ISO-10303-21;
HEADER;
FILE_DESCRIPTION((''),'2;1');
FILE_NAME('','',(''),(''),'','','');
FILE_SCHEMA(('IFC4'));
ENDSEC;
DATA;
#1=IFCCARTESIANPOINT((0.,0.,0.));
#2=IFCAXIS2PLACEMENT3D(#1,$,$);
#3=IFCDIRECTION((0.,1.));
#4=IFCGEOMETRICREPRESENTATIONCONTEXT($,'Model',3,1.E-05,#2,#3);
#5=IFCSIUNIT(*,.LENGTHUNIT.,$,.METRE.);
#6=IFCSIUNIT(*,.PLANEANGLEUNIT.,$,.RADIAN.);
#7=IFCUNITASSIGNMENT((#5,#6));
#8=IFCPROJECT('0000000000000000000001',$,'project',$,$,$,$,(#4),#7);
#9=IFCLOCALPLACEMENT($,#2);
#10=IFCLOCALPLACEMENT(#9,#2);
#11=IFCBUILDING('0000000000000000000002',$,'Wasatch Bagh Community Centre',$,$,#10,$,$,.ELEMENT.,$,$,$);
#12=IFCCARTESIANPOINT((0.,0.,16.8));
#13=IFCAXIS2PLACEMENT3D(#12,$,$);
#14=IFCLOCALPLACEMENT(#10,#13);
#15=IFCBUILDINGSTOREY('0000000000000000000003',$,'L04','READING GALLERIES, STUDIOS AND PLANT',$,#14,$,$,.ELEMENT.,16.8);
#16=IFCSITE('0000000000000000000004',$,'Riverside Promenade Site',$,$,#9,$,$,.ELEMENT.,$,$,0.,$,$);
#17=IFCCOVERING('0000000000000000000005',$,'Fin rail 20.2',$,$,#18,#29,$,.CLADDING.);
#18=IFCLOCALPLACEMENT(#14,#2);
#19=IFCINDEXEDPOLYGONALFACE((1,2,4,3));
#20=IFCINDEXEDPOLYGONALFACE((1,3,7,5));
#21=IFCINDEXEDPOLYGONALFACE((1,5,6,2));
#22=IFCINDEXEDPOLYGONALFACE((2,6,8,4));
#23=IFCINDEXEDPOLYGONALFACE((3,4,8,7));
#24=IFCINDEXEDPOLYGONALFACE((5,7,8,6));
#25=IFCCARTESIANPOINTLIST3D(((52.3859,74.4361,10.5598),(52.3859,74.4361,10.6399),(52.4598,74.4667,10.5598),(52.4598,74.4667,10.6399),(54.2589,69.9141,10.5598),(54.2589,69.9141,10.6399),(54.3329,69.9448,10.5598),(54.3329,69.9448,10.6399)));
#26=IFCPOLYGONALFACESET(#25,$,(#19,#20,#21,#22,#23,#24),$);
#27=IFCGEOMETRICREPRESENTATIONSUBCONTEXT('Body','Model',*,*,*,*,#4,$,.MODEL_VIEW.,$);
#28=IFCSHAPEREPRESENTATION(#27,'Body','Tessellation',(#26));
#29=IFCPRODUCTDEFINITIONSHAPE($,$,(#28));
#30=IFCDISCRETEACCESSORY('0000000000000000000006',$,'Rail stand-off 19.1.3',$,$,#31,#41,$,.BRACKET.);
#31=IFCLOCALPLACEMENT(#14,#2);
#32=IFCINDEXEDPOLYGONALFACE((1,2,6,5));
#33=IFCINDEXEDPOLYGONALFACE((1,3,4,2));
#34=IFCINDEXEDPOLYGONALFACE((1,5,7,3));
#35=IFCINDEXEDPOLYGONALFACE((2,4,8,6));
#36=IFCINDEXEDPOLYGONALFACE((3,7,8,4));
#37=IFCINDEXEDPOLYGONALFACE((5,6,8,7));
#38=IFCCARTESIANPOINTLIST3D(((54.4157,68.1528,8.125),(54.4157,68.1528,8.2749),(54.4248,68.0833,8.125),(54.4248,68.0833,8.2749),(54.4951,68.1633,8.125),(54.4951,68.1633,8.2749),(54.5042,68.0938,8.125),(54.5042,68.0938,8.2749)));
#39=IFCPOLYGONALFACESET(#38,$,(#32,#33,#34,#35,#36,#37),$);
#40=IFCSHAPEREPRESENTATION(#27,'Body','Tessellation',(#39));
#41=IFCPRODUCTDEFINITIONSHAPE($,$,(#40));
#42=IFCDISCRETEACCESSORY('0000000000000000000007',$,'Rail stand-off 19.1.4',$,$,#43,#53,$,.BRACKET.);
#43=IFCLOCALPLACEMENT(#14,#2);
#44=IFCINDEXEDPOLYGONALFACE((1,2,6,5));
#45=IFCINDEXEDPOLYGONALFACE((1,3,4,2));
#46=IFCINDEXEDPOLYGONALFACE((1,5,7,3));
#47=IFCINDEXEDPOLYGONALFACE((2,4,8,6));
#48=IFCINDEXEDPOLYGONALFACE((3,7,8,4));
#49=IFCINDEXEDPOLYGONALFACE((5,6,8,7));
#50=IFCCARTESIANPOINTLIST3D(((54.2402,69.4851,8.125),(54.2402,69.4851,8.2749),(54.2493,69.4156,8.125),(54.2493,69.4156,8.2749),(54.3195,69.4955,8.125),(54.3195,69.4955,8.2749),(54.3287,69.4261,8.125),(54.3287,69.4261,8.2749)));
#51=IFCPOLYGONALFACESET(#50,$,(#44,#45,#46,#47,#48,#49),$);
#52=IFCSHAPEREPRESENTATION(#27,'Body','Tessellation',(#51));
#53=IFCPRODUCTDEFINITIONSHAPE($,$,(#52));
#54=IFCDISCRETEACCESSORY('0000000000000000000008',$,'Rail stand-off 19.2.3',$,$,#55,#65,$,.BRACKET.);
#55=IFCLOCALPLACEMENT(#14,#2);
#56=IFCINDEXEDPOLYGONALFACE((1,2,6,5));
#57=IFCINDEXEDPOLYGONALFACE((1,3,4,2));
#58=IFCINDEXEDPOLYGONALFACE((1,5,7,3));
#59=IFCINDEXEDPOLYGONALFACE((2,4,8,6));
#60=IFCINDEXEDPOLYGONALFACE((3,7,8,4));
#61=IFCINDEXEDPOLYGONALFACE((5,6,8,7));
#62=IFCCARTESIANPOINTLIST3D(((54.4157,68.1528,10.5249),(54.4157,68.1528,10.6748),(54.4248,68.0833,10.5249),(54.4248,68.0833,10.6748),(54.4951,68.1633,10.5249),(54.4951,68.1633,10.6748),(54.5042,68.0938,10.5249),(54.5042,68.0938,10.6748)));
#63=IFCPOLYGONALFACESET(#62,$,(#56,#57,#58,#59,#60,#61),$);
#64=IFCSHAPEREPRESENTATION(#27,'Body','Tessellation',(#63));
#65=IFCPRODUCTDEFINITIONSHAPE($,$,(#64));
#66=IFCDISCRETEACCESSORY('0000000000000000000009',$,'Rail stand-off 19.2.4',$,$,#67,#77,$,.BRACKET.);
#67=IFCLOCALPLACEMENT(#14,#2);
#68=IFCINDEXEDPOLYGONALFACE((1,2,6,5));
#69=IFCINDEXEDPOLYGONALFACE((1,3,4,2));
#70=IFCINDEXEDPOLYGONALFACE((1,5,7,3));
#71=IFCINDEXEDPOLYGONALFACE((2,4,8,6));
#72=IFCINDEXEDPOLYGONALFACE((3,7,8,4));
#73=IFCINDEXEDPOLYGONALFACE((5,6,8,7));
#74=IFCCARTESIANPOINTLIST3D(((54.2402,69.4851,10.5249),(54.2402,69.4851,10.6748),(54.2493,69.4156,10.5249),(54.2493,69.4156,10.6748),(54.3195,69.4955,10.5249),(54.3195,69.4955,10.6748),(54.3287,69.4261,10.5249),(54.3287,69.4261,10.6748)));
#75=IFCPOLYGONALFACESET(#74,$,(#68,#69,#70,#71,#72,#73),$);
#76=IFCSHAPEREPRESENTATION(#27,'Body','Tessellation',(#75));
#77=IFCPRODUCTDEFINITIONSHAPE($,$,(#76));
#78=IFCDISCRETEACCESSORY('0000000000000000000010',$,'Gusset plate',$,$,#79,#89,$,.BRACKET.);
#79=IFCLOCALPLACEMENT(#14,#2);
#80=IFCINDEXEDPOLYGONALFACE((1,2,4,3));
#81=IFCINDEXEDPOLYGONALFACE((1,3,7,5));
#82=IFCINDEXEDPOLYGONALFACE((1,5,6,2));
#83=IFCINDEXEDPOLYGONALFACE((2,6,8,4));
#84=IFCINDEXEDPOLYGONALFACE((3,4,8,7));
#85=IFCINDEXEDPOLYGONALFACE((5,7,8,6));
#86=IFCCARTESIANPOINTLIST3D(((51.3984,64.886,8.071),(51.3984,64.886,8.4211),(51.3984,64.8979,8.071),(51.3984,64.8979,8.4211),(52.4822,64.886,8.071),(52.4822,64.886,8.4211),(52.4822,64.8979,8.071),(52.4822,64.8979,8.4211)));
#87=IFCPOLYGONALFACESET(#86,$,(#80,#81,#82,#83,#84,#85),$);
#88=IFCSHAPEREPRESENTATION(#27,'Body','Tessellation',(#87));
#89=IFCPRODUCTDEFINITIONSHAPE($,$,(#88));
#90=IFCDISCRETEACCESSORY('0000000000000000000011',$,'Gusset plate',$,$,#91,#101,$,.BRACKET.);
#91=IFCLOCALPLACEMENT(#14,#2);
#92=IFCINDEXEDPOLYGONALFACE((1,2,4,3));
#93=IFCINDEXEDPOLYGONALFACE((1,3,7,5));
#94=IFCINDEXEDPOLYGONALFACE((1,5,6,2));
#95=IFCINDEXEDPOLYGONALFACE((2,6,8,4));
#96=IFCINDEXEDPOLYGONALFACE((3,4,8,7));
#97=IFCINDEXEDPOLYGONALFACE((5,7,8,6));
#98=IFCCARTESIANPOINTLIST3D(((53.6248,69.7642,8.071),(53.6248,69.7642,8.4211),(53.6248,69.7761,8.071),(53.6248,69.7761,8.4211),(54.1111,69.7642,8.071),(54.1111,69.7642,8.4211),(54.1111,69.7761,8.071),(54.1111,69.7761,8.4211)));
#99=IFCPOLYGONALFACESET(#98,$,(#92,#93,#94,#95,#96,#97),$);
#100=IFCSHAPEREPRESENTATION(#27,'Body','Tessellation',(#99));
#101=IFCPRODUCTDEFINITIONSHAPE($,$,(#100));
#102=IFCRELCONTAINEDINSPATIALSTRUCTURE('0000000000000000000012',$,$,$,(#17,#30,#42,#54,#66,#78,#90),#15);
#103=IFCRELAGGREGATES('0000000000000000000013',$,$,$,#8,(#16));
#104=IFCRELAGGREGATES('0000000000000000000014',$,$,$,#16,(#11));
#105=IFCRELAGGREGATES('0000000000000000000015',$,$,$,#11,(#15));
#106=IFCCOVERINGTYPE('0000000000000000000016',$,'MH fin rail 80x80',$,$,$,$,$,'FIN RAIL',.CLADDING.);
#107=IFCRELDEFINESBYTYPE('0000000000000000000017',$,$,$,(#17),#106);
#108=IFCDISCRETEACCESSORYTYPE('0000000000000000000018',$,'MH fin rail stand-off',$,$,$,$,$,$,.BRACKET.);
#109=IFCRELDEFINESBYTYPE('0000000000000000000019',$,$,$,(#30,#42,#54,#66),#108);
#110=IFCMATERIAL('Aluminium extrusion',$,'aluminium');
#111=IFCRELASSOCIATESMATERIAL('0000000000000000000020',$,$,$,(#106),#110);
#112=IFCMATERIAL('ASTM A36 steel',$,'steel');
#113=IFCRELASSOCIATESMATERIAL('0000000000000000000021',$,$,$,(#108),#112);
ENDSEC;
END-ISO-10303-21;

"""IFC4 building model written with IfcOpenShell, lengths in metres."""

from ifc_helpers import new_model, si_unit, direction, frame, origin, origin_2d, place, context, subcontext, project, spatial, polyline, rectangle, outline, extrude, material, material_profile, profile_set, type_object, element, save


model = new_model("IFC4")

# Units and contexts
model_context = context("Model", 3, precision=1e-05, world=origin(), true_north=direction((0.0, 1.0)))
body_context = subcontext(model_context, "Body", "Model", "MODEL_VIEW")
ifc_project = project(units=[si_unit("LENGTHUNIT", "METRE"), si_unit("PLANEANGLEUNIT", "RADIAN")], contexts=[model_context])

# Site, building, storey
site_placement = place(None, origin())
site = spatial("IfcSite", under=ifc_project, at=site_placement, Name="Riverside Promenade Site", CompositionType="ELEMENT", RefElevation=0.0)
building_placement = place(site_placement, origin())
building = spatial("IfcBuilding", under=site, at=building_placement, Name="Wasatch Bagh Community Centre", CompositionType="ELEMENT")
storey_placement = place(building_placement, frame((0.0, 0.0, 16.8)))
storey = spatial("IfcBuildingStorey", under=building, at=storey_placement, Name="L04", Description="READING GALLERIES, STUDIOS AND PLANT", CompositionType="ELEMENT", Elevation=16.8)

# Shared definitions
ifc_material_1 = material(Name="Aluminium extrusion", Category="aluminium")

# Shared definitions
ifc_material_2 = material(Name="ASTM A36 steel", Category="steel")

# Covering
ifc_material_profile_1 = material_profile(ifc_material_1, rectangle(XDim=0.0801, YDim=0.0801, at=origin_2d()), Name="AL 80x80")
ifc_profile_set_1 = profile_set([ifc_material_profile_1], Name="Aluminium extrusion")
covering_type = type_object("IfcCoveringType", Name="MH fin rail 80x80", ElementType="FIN RAIL", PredefinedType="CLADDING", material=ifc_profile_set_1)
for number, where, z_axis, x_axis, name in (
    (1, (54.2959, 69.9294, 10.5999), (-0.382681, 0.923881, 0.0), (-0.923881, -0.382681, 0.0), "Fin rail 20.2"),
):
    element("IfcCovering", number, at=place(storey_placement, frame(where, z_axis=z_axis, x_axis=x_axis)), inside=storey, type_object=covering_type, Name=name, PredefinedType="CLADDING", context=body_context, shape_type="SweptSolid", body=[
        extrude(rectangle(XDim=0.0801, YDim=0.0801, at=origin_2d()), origin(), (0.0, 0.0, 1.0), 4.8945),
    ])

# Discrete accessories
discrete_accessory_type = type_object("IfcDiscreteAccessoryType", Name="MH fin rail stand-off", PredefinedType="BRACKET", material=ifc_material_2)
for number, where, z_axis, x_axis, name in (
    (2, (54.46, 68.1233, 8.125), (0.0, 0.0, 1.0), (-0.130526, 0.991445, 0.0), "Rail stand-off 19.1.3"),
    (3, (54.2844, 69.4556, 8.125), (0.0, 0.0, 1.0), (-0.130526, 0.991445, 0.0), "Rail stand-off 19.1.4"),
    (4, (54.46, 68.1233, 10.5249), (0.0, 0.0, 1.0), (-0.130526, 0.991445, 0.0), "Rail stand-off 19.2.3"),
    (5, (54.2844, 69.4556, 10.5249), (0.0, 0.0, 1.0), (-0.130526, 0.991445, 0.0), "Rail stand-off 19.2.4"),
):
    element("IfcDiscreteAccessory", number, at=place(storey_placement, frame(where, z_axis=z_axis, x_axis=x_axis)), inside=storey, type_object=discrete_accessory_type, Name=name, PredefinedType="BRACKET", context=body_context, shape_type="SweptSolid", body=[
        extrude(rectangle(XDim=0.0701, YDim=0.0801, at=origin_2d()), origin(), (0.0, 0.0, 1.0), 0.1499),
    ])
discrete_accessory_1_placement = place(storey_placement, frame((51.3984, 64.886, 8.071), z_axis=(0.0, -1.0, 0.0), x_axis=(1.0, 0.0, 0.0)))
element("IfcDiscreteAccessory", 6, at=discrete_accessory_1_placement, inside=storey, Name="Gusset plate", PredefinedType="BRACKET", context=body_context, shape_type="SweptSolid", body=[
    extrude(outline(polyline([(0.0, 0.0), (1.0837, 0.0), (1.0837, 0.3501), (0.0, 0.3501), (0.0, 0.0)])), origin(), (0.0, 0.0, -1.0), 0.012),
])
discrete_accessory_2_placement = place(storey_placement, frame((53.6248, 69.7642, 8.071), z_axis=(0.0, -1.0, 0.0), x_axis=(1.0, 0.0, 0.0)))
element("IfcDiscreteAccessory", 7, at=discrete_accessory_2_placement, inside=storey, Name="Gusset plate", PredefinedType="BRACKET", context=body_context, shape_type="SweptSolid", body=[
    extrude(outline(polyline([(0.0, 0.0), (0.4863, 0.0), (0.4863, 0.3501), (0.0, 0.3501), (0.0, 0.0)])), origin(), (0.0, 0.0, -1.0), 0.012),
])

save(model, "model.ifc")
